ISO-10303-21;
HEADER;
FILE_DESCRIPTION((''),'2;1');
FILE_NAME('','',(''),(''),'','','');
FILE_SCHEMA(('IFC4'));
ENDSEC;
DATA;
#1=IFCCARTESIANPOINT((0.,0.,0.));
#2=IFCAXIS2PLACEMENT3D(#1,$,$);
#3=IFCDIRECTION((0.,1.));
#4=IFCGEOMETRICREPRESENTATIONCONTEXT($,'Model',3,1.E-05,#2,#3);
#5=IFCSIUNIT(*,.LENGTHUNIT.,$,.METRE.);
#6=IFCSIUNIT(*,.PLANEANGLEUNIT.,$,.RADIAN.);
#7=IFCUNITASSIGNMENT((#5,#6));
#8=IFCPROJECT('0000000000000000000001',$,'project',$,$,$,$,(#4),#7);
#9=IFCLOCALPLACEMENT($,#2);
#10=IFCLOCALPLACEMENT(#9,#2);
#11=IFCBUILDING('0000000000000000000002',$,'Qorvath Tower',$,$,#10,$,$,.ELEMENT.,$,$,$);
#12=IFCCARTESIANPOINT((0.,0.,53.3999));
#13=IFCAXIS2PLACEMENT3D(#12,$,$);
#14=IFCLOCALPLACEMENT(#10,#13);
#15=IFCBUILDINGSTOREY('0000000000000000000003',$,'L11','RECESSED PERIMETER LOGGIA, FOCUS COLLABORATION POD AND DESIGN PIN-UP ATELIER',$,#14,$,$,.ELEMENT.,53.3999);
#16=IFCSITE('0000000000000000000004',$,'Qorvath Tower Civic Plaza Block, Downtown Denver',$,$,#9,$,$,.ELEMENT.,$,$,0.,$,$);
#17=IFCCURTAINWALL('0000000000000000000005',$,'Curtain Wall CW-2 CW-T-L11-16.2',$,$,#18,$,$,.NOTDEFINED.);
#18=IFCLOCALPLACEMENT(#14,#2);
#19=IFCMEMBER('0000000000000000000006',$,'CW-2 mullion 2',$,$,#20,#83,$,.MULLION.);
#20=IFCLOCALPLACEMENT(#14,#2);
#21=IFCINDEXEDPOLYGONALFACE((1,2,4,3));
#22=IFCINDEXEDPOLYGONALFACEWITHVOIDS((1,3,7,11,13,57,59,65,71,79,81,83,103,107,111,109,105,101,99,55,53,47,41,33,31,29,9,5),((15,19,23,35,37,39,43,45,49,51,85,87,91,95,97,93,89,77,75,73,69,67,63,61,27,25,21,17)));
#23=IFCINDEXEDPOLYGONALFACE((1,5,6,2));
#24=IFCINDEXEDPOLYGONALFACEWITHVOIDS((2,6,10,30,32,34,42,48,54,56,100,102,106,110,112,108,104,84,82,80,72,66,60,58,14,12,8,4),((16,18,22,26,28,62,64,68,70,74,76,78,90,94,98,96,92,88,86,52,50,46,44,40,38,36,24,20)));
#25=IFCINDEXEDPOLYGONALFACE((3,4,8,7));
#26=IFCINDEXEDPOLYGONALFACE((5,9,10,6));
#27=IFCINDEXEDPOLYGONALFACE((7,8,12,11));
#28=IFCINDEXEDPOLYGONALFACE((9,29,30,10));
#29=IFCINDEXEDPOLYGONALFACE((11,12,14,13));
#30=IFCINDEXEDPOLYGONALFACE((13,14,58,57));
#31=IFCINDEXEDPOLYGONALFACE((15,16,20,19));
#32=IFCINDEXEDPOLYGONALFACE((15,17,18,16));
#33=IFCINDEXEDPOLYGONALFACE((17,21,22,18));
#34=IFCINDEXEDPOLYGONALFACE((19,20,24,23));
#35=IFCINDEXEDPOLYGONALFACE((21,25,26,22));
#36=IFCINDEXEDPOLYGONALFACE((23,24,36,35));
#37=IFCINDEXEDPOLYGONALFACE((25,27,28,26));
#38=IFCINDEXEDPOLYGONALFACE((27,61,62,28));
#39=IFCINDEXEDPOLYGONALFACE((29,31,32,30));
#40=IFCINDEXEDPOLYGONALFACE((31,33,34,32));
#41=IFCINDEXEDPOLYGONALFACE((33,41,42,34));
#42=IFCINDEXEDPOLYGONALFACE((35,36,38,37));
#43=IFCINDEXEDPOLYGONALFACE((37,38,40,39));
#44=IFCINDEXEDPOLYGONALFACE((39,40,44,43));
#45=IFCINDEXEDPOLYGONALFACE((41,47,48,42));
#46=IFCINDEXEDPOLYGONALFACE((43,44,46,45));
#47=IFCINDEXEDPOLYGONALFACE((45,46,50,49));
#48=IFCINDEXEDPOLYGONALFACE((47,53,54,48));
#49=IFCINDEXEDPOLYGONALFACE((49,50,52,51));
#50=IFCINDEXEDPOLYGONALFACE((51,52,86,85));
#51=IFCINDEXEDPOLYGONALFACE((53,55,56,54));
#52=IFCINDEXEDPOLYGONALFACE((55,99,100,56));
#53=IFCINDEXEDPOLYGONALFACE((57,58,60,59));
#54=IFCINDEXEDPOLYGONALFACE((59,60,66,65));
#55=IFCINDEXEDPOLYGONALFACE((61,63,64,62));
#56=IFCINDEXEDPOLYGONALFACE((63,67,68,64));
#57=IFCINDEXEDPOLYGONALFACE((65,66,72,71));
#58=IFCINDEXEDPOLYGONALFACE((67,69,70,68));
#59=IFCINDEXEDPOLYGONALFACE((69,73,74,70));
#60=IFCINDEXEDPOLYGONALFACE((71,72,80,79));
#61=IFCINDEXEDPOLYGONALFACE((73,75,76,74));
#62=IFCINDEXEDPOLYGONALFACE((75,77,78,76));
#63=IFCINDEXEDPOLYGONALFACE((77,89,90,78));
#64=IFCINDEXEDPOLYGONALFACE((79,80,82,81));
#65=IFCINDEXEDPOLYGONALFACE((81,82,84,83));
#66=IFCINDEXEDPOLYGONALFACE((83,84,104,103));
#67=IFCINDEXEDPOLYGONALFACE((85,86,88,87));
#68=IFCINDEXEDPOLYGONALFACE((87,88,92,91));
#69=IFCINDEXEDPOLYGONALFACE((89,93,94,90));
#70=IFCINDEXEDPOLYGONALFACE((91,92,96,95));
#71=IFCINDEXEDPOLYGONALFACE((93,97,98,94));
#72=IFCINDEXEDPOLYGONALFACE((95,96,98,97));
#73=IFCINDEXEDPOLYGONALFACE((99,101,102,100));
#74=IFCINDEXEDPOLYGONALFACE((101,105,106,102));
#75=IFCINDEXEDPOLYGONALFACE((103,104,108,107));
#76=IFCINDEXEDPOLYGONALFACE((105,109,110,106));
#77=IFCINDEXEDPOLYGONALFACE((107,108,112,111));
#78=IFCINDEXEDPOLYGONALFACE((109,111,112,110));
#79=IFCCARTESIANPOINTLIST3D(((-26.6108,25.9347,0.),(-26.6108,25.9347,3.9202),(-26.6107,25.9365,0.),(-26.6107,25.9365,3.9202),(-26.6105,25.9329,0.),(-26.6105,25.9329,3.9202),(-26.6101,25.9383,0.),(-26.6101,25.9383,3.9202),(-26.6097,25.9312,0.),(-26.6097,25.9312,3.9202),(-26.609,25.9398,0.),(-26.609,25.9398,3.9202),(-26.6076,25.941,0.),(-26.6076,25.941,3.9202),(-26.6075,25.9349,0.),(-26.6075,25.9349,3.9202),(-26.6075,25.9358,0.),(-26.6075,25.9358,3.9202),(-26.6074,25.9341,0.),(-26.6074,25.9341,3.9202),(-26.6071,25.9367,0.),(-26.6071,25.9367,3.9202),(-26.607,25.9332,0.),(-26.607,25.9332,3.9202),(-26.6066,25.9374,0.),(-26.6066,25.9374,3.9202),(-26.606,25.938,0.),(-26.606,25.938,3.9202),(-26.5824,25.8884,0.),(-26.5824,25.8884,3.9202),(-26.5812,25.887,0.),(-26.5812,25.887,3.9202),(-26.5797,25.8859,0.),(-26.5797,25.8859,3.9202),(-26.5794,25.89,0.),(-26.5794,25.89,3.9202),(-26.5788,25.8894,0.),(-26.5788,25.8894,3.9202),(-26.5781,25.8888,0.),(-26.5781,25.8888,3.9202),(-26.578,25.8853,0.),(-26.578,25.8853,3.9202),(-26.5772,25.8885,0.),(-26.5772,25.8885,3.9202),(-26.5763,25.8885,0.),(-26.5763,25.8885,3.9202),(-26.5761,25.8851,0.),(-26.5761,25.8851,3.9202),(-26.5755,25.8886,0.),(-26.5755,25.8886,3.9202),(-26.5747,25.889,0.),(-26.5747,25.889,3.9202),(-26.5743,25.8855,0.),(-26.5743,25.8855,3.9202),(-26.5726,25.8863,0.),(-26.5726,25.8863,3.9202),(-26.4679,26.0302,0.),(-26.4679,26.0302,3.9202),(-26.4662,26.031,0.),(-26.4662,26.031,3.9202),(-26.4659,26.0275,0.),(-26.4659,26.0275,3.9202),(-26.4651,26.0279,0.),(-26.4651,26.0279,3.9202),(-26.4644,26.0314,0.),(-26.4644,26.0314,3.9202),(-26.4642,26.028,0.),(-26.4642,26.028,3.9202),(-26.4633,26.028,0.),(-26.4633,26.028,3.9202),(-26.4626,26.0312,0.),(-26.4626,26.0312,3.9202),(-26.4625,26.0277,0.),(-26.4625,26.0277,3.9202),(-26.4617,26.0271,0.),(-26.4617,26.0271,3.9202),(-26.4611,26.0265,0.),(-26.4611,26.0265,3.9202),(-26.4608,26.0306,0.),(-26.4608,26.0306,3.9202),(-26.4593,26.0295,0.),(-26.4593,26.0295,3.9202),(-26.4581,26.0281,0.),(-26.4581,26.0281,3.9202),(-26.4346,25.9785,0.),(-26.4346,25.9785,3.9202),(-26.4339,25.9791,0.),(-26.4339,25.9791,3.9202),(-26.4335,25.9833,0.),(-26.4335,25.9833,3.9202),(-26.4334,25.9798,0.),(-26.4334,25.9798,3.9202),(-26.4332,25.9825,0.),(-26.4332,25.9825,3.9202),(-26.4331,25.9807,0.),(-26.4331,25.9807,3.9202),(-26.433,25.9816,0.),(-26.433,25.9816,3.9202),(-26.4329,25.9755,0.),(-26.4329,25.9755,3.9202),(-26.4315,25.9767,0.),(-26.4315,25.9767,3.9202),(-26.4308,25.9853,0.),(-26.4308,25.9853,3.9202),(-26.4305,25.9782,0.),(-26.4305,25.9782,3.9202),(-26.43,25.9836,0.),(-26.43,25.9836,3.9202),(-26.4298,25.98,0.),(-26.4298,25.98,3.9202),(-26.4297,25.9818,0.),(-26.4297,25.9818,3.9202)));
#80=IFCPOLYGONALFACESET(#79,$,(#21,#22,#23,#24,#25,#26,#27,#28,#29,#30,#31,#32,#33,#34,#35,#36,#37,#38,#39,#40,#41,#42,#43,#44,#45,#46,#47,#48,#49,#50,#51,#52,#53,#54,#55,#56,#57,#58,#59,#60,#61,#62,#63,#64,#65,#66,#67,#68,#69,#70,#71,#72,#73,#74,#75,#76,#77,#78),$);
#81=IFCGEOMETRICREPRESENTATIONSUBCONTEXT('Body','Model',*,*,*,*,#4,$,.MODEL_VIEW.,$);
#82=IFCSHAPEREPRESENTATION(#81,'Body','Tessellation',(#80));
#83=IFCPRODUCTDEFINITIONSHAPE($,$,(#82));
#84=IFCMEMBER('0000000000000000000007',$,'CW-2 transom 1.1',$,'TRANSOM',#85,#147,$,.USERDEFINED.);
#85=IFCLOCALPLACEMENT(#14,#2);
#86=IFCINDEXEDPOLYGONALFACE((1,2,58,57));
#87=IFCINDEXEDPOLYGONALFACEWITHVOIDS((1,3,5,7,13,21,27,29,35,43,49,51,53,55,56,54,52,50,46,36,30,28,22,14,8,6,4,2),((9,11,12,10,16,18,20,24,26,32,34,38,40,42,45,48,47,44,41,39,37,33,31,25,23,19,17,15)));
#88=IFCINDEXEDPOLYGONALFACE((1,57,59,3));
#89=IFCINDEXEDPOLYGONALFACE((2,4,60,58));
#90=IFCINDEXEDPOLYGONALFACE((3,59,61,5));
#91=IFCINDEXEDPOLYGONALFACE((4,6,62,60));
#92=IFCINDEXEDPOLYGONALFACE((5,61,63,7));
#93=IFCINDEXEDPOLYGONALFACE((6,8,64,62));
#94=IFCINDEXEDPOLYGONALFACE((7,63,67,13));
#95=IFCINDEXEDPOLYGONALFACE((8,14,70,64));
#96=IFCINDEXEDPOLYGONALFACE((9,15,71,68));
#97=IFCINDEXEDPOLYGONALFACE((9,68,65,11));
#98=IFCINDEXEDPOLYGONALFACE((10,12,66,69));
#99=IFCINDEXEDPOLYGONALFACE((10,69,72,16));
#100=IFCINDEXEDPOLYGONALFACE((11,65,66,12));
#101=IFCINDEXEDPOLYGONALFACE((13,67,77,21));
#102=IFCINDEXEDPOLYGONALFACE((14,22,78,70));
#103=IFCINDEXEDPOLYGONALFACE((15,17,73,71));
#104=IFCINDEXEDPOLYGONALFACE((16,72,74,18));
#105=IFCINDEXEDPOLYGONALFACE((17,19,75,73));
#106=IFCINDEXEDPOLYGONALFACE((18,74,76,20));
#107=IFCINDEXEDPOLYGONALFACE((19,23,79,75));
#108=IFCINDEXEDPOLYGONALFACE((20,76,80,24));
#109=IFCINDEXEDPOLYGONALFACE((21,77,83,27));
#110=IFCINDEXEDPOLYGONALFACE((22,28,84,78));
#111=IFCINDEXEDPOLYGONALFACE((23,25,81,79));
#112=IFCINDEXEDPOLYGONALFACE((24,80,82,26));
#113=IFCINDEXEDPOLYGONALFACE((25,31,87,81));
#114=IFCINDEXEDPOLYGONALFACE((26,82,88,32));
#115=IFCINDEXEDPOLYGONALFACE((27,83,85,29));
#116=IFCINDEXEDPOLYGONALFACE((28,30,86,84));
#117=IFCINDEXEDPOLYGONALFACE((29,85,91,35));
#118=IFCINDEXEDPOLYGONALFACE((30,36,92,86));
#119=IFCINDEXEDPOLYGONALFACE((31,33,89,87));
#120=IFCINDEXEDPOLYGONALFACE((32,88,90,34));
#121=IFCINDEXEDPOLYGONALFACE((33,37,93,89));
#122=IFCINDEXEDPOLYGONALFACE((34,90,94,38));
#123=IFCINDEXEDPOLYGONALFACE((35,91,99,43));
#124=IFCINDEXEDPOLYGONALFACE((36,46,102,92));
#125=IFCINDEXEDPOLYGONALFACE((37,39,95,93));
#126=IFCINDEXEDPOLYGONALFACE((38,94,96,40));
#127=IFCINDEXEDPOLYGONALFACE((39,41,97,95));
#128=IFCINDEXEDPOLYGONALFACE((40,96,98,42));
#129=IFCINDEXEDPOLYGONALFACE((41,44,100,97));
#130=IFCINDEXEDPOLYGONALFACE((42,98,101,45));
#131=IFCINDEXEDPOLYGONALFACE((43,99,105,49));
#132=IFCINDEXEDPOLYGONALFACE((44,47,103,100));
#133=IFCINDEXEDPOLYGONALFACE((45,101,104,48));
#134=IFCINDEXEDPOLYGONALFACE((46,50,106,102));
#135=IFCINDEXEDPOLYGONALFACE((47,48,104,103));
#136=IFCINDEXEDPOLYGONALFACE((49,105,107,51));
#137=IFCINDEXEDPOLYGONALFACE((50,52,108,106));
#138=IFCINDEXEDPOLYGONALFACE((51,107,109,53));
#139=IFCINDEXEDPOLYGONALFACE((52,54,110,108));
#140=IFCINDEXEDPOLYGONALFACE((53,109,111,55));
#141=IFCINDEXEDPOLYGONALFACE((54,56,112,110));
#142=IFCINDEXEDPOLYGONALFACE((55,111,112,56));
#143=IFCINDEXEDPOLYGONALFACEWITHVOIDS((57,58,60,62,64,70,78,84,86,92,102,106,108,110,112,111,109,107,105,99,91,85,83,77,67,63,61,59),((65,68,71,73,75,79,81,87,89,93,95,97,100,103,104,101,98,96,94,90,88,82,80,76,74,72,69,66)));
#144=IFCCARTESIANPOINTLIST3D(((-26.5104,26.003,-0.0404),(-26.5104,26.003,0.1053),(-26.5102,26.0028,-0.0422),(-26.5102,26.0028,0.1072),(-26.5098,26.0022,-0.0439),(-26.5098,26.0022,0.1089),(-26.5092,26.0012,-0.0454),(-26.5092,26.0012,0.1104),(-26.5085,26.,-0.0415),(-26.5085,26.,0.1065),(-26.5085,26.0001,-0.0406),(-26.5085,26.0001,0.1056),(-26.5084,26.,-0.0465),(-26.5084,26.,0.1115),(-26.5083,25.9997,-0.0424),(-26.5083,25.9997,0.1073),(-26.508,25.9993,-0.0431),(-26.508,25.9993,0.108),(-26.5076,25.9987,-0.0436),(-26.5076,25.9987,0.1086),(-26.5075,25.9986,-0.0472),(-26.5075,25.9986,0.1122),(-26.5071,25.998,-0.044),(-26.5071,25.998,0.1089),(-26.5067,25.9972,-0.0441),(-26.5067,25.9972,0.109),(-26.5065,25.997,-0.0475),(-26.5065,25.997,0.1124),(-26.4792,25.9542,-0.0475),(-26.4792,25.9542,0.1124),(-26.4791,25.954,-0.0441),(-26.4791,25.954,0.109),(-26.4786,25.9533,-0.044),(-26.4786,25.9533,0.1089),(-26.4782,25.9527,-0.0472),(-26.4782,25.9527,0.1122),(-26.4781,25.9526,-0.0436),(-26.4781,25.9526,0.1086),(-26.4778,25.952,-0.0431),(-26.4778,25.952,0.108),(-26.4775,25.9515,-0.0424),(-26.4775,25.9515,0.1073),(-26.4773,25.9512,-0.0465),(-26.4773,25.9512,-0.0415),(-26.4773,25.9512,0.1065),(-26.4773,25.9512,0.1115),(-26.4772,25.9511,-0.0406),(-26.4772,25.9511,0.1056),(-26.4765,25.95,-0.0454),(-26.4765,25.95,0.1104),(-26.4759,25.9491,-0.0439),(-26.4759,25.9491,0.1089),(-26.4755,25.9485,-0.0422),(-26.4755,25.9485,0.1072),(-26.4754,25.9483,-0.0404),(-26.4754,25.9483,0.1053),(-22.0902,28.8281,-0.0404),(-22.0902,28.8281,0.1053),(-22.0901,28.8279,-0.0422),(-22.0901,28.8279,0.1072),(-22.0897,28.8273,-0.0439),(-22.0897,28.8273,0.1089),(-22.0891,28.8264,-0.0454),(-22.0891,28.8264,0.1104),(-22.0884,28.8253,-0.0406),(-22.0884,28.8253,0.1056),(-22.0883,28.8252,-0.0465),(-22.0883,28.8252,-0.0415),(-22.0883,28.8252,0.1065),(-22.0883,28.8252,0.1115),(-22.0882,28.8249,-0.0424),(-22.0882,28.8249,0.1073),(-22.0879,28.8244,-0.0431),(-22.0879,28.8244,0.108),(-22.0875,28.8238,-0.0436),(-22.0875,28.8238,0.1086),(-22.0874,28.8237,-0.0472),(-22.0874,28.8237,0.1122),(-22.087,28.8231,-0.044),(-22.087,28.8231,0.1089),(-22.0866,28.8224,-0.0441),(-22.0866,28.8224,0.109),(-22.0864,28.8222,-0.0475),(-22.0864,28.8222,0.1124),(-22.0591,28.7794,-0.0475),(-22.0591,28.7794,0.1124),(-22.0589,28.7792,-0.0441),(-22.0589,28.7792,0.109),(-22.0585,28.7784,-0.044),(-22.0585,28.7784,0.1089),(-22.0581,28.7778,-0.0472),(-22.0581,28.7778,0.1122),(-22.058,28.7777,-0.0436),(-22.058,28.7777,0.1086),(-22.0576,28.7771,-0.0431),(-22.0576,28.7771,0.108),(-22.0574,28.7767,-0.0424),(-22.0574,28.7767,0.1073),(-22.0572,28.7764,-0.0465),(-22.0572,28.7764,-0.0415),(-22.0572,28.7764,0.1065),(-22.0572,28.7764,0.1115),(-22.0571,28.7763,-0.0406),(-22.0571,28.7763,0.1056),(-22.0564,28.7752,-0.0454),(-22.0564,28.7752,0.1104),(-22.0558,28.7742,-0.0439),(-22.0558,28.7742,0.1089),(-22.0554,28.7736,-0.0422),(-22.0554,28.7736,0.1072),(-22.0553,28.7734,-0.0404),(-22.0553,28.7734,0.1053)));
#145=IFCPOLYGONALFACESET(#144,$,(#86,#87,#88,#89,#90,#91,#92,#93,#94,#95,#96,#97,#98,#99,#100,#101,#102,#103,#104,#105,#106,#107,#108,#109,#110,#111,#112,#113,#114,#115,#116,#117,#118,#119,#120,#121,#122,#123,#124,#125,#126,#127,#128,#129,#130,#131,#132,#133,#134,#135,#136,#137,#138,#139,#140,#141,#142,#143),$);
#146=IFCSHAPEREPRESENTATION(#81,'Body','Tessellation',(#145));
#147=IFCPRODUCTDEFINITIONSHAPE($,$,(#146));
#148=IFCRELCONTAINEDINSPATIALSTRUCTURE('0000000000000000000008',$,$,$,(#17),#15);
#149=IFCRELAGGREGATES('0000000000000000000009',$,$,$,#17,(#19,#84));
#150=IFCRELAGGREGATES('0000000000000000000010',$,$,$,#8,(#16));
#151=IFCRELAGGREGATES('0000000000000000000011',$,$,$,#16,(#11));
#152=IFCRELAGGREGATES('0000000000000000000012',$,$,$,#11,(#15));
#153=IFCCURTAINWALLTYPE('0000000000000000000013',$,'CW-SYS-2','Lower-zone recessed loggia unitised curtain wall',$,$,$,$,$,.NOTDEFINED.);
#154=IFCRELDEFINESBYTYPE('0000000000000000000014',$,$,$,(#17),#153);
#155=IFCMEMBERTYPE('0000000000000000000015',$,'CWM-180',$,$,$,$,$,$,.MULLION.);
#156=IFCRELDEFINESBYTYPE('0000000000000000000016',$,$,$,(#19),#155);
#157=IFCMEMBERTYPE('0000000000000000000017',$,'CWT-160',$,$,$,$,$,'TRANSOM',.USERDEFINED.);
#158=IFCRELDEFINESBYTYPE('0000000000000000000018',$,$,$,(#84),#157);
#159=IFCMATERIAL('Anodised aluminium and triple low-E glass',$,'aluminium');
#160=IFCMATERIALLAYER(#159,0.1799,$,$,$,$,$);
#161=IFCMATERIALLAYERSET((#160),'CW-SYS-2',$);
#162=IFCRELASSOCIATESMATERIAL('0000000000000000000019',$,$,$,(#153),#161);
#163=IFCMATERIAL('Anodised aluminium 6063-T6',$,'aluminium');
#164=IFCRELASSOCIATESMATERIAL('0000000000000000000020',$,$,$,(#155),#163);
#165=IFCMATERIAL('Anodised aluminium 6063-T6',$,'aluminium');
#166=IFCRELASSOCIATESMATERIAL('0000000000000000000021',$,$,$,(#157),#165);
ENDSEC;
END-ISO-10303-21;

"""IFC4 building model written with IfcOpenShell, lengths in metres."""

from ifc_helpers import new_model, si_unit, direction, frame, origin, origin_2d, place, context, subcontext, project, spatial, hollow_rectangle, extrude, material, layer, layer_set, material_profile, profile_set, type_object, element, aggregate, save


model = new_model("IFC4")

# Units and contexts
model_context = context("Model", 3, precision=1e-05, world=origin(), true_north=direction((0.0, 1.0)))
body_context = subcontext(model_context, "Body", "Model", "MODEL_VIEW")
ifc_project = project(units=[si_unit("LENGTHUNIT", "METRE"), si_unit("PLANEANGLEUNIT", "RADIAN")], contexts=[model_context])

# Site, building, storey
site_placement = place(None, origin())
site = spatial("IfcSite", under=ifc_project, at=site_placement, Name="Qorvath Tower Civic Plaza Block, Downtown Denver", CompositionType="ELEMENT", RefElevation=0.0)
building_placement = place(site_placement, origin())
building = spatial("IfcBuilding", under=site, at=building_placement, Name="Qorvath Tower", CompositionType="ELEMENT")
storey_placement = place(building_placement, frame((0.0, 0.0, 53.3999)))
storey = spatial("IfcBuildingStorey", under=building, at=storey_placement, Name="L11", Description="RECESSED PERIMETER LOGGIA, FOCUS COLLABORATION POD AND DESIGN PIN-UP ATELIER", CompositionType="ELEMENT", Elevation=53.3999)

# Shared definitions
ifc_material_1 = material(Name="Anodised aluminium and triple low-E glass", Category="aluminium")
ifc_layer_1 = layer(ifc_material_1, 0.1799)
ifc_layer_set_1 = layer_set([ifc_layer_1], Name="CW-SYS-2")
curtain_wall_type = type_object("IfcCurtainWallType", Name="CW-SYS-2", Description="Lower-zone recessed loggia unitised curtain wall", PredefinedType="NOTDEFINED", material=ifc_layer_set_1)
ifc_material_2 = material(Name="Anodised aluminium 6063-T6", Category="aluminium")
ifc_material_profile_1 = material_profile(ifc_material_2, hollow_rectangle(XDim=0.0649, YDim=0.1799, WallThickness=0.0034, InnerFilletRadius=0.0034, OuterFilletRadius=0.0071, at=origin_2d()), Name="CWM 180x65")
ifc_profile_set_1 = profile_set([ifc_material_profile_1], Name="Anodised aluminium 6063-T6")
member_type_1 = type_object("IfcMemberType", Name="CWM-180", PredefinedType="MULLION", material=ifc_profile_set_1)

# Curtain wall, members
curtain_wall_1_placement = place(storey_placement, origin())
curtain_wall_1 = element("IfcCurtainWall", 1, at=curtain_wall_1_placement, inside=storey, type_object=curtain_wall_type, Name="Curtain Wall CW-2 CW-T-L11-16.2", PredefinedType="NOTDEFINED")
member_1_placement = place(storey_placement, frame((-26.5203, 25.9583, 0.0), z_axis=(0.0, 0.0, 1.0), x_axis=(0.538541, -0.842599, 0.0)))
member_1 = element("IfcMember", 2, at=member_1_placement, type_object=member_type_1, Name="CW-2 mullion 2", PredefinedType="MULLION", context=body_context, shape_type="SweptSolid", body=[
    extrude(hollow_rectangle(XDim=0.0649, YDim=0.1799, WallThickness=0.0034, InnerFilletRadius=0.0034, OuterFilletRadius=0.0071, at=origin_2d()), origin(), (0.0, 0.0, 1.0), 3.9202),
])
ifc_material_3 = material(Name="Anodised aluminium 6063-T6", Category="aluminium")
ifc_material_profile_2 = material_profile(ifc_material_3, hollow_rectangle(XDim=0.0649, YDim=0.1599, WallThickness=0.0034, InnerFilletRadius=0.0034, OuterFilletRadius=0.0071, at=origin_2d()), Name="CWT 160x65")
ifc_profile_set_2 = profile_set([ifc_material_profile_2], Name="Anodised aluminium 6063-T6")
member_type_2 = type_object("IfcMemberType", Name="CWT-160", ElementType="TRANSOM", PredefinedType="USERDEFINED", material=ifc_profile_set_2)
member_2_placement = place(storey_placement, frame((-22.0728, 28.8008, 0.0325), z_axis=(-0.842592, -0.538552, 0.0), x_axis=(0.538552, -0.842592, 0.0)))
member_2 = element("IfcMember", 3, at=member_2_placement, type_object=member_type_2, Name="CW-2 transom 1.1", ObjectType="TRANSOM", PredefinedType="USERDEFINED", context=body_context, shape_type="SweptSolid", body=[
    extrude(hollow_rectangle(XDim=0.0649, YDim=0.1599, WallThickness=0.0034, InnerFilletRadius=0.0034, OuterFilletRadius=0.0071, at=origin_2d()), origin(), (0.0, 0.0, 1.0), 5.2458),
])

aggregate(curtain_wall_1, [member_1, member_2])

save(model, "model.ifc")
